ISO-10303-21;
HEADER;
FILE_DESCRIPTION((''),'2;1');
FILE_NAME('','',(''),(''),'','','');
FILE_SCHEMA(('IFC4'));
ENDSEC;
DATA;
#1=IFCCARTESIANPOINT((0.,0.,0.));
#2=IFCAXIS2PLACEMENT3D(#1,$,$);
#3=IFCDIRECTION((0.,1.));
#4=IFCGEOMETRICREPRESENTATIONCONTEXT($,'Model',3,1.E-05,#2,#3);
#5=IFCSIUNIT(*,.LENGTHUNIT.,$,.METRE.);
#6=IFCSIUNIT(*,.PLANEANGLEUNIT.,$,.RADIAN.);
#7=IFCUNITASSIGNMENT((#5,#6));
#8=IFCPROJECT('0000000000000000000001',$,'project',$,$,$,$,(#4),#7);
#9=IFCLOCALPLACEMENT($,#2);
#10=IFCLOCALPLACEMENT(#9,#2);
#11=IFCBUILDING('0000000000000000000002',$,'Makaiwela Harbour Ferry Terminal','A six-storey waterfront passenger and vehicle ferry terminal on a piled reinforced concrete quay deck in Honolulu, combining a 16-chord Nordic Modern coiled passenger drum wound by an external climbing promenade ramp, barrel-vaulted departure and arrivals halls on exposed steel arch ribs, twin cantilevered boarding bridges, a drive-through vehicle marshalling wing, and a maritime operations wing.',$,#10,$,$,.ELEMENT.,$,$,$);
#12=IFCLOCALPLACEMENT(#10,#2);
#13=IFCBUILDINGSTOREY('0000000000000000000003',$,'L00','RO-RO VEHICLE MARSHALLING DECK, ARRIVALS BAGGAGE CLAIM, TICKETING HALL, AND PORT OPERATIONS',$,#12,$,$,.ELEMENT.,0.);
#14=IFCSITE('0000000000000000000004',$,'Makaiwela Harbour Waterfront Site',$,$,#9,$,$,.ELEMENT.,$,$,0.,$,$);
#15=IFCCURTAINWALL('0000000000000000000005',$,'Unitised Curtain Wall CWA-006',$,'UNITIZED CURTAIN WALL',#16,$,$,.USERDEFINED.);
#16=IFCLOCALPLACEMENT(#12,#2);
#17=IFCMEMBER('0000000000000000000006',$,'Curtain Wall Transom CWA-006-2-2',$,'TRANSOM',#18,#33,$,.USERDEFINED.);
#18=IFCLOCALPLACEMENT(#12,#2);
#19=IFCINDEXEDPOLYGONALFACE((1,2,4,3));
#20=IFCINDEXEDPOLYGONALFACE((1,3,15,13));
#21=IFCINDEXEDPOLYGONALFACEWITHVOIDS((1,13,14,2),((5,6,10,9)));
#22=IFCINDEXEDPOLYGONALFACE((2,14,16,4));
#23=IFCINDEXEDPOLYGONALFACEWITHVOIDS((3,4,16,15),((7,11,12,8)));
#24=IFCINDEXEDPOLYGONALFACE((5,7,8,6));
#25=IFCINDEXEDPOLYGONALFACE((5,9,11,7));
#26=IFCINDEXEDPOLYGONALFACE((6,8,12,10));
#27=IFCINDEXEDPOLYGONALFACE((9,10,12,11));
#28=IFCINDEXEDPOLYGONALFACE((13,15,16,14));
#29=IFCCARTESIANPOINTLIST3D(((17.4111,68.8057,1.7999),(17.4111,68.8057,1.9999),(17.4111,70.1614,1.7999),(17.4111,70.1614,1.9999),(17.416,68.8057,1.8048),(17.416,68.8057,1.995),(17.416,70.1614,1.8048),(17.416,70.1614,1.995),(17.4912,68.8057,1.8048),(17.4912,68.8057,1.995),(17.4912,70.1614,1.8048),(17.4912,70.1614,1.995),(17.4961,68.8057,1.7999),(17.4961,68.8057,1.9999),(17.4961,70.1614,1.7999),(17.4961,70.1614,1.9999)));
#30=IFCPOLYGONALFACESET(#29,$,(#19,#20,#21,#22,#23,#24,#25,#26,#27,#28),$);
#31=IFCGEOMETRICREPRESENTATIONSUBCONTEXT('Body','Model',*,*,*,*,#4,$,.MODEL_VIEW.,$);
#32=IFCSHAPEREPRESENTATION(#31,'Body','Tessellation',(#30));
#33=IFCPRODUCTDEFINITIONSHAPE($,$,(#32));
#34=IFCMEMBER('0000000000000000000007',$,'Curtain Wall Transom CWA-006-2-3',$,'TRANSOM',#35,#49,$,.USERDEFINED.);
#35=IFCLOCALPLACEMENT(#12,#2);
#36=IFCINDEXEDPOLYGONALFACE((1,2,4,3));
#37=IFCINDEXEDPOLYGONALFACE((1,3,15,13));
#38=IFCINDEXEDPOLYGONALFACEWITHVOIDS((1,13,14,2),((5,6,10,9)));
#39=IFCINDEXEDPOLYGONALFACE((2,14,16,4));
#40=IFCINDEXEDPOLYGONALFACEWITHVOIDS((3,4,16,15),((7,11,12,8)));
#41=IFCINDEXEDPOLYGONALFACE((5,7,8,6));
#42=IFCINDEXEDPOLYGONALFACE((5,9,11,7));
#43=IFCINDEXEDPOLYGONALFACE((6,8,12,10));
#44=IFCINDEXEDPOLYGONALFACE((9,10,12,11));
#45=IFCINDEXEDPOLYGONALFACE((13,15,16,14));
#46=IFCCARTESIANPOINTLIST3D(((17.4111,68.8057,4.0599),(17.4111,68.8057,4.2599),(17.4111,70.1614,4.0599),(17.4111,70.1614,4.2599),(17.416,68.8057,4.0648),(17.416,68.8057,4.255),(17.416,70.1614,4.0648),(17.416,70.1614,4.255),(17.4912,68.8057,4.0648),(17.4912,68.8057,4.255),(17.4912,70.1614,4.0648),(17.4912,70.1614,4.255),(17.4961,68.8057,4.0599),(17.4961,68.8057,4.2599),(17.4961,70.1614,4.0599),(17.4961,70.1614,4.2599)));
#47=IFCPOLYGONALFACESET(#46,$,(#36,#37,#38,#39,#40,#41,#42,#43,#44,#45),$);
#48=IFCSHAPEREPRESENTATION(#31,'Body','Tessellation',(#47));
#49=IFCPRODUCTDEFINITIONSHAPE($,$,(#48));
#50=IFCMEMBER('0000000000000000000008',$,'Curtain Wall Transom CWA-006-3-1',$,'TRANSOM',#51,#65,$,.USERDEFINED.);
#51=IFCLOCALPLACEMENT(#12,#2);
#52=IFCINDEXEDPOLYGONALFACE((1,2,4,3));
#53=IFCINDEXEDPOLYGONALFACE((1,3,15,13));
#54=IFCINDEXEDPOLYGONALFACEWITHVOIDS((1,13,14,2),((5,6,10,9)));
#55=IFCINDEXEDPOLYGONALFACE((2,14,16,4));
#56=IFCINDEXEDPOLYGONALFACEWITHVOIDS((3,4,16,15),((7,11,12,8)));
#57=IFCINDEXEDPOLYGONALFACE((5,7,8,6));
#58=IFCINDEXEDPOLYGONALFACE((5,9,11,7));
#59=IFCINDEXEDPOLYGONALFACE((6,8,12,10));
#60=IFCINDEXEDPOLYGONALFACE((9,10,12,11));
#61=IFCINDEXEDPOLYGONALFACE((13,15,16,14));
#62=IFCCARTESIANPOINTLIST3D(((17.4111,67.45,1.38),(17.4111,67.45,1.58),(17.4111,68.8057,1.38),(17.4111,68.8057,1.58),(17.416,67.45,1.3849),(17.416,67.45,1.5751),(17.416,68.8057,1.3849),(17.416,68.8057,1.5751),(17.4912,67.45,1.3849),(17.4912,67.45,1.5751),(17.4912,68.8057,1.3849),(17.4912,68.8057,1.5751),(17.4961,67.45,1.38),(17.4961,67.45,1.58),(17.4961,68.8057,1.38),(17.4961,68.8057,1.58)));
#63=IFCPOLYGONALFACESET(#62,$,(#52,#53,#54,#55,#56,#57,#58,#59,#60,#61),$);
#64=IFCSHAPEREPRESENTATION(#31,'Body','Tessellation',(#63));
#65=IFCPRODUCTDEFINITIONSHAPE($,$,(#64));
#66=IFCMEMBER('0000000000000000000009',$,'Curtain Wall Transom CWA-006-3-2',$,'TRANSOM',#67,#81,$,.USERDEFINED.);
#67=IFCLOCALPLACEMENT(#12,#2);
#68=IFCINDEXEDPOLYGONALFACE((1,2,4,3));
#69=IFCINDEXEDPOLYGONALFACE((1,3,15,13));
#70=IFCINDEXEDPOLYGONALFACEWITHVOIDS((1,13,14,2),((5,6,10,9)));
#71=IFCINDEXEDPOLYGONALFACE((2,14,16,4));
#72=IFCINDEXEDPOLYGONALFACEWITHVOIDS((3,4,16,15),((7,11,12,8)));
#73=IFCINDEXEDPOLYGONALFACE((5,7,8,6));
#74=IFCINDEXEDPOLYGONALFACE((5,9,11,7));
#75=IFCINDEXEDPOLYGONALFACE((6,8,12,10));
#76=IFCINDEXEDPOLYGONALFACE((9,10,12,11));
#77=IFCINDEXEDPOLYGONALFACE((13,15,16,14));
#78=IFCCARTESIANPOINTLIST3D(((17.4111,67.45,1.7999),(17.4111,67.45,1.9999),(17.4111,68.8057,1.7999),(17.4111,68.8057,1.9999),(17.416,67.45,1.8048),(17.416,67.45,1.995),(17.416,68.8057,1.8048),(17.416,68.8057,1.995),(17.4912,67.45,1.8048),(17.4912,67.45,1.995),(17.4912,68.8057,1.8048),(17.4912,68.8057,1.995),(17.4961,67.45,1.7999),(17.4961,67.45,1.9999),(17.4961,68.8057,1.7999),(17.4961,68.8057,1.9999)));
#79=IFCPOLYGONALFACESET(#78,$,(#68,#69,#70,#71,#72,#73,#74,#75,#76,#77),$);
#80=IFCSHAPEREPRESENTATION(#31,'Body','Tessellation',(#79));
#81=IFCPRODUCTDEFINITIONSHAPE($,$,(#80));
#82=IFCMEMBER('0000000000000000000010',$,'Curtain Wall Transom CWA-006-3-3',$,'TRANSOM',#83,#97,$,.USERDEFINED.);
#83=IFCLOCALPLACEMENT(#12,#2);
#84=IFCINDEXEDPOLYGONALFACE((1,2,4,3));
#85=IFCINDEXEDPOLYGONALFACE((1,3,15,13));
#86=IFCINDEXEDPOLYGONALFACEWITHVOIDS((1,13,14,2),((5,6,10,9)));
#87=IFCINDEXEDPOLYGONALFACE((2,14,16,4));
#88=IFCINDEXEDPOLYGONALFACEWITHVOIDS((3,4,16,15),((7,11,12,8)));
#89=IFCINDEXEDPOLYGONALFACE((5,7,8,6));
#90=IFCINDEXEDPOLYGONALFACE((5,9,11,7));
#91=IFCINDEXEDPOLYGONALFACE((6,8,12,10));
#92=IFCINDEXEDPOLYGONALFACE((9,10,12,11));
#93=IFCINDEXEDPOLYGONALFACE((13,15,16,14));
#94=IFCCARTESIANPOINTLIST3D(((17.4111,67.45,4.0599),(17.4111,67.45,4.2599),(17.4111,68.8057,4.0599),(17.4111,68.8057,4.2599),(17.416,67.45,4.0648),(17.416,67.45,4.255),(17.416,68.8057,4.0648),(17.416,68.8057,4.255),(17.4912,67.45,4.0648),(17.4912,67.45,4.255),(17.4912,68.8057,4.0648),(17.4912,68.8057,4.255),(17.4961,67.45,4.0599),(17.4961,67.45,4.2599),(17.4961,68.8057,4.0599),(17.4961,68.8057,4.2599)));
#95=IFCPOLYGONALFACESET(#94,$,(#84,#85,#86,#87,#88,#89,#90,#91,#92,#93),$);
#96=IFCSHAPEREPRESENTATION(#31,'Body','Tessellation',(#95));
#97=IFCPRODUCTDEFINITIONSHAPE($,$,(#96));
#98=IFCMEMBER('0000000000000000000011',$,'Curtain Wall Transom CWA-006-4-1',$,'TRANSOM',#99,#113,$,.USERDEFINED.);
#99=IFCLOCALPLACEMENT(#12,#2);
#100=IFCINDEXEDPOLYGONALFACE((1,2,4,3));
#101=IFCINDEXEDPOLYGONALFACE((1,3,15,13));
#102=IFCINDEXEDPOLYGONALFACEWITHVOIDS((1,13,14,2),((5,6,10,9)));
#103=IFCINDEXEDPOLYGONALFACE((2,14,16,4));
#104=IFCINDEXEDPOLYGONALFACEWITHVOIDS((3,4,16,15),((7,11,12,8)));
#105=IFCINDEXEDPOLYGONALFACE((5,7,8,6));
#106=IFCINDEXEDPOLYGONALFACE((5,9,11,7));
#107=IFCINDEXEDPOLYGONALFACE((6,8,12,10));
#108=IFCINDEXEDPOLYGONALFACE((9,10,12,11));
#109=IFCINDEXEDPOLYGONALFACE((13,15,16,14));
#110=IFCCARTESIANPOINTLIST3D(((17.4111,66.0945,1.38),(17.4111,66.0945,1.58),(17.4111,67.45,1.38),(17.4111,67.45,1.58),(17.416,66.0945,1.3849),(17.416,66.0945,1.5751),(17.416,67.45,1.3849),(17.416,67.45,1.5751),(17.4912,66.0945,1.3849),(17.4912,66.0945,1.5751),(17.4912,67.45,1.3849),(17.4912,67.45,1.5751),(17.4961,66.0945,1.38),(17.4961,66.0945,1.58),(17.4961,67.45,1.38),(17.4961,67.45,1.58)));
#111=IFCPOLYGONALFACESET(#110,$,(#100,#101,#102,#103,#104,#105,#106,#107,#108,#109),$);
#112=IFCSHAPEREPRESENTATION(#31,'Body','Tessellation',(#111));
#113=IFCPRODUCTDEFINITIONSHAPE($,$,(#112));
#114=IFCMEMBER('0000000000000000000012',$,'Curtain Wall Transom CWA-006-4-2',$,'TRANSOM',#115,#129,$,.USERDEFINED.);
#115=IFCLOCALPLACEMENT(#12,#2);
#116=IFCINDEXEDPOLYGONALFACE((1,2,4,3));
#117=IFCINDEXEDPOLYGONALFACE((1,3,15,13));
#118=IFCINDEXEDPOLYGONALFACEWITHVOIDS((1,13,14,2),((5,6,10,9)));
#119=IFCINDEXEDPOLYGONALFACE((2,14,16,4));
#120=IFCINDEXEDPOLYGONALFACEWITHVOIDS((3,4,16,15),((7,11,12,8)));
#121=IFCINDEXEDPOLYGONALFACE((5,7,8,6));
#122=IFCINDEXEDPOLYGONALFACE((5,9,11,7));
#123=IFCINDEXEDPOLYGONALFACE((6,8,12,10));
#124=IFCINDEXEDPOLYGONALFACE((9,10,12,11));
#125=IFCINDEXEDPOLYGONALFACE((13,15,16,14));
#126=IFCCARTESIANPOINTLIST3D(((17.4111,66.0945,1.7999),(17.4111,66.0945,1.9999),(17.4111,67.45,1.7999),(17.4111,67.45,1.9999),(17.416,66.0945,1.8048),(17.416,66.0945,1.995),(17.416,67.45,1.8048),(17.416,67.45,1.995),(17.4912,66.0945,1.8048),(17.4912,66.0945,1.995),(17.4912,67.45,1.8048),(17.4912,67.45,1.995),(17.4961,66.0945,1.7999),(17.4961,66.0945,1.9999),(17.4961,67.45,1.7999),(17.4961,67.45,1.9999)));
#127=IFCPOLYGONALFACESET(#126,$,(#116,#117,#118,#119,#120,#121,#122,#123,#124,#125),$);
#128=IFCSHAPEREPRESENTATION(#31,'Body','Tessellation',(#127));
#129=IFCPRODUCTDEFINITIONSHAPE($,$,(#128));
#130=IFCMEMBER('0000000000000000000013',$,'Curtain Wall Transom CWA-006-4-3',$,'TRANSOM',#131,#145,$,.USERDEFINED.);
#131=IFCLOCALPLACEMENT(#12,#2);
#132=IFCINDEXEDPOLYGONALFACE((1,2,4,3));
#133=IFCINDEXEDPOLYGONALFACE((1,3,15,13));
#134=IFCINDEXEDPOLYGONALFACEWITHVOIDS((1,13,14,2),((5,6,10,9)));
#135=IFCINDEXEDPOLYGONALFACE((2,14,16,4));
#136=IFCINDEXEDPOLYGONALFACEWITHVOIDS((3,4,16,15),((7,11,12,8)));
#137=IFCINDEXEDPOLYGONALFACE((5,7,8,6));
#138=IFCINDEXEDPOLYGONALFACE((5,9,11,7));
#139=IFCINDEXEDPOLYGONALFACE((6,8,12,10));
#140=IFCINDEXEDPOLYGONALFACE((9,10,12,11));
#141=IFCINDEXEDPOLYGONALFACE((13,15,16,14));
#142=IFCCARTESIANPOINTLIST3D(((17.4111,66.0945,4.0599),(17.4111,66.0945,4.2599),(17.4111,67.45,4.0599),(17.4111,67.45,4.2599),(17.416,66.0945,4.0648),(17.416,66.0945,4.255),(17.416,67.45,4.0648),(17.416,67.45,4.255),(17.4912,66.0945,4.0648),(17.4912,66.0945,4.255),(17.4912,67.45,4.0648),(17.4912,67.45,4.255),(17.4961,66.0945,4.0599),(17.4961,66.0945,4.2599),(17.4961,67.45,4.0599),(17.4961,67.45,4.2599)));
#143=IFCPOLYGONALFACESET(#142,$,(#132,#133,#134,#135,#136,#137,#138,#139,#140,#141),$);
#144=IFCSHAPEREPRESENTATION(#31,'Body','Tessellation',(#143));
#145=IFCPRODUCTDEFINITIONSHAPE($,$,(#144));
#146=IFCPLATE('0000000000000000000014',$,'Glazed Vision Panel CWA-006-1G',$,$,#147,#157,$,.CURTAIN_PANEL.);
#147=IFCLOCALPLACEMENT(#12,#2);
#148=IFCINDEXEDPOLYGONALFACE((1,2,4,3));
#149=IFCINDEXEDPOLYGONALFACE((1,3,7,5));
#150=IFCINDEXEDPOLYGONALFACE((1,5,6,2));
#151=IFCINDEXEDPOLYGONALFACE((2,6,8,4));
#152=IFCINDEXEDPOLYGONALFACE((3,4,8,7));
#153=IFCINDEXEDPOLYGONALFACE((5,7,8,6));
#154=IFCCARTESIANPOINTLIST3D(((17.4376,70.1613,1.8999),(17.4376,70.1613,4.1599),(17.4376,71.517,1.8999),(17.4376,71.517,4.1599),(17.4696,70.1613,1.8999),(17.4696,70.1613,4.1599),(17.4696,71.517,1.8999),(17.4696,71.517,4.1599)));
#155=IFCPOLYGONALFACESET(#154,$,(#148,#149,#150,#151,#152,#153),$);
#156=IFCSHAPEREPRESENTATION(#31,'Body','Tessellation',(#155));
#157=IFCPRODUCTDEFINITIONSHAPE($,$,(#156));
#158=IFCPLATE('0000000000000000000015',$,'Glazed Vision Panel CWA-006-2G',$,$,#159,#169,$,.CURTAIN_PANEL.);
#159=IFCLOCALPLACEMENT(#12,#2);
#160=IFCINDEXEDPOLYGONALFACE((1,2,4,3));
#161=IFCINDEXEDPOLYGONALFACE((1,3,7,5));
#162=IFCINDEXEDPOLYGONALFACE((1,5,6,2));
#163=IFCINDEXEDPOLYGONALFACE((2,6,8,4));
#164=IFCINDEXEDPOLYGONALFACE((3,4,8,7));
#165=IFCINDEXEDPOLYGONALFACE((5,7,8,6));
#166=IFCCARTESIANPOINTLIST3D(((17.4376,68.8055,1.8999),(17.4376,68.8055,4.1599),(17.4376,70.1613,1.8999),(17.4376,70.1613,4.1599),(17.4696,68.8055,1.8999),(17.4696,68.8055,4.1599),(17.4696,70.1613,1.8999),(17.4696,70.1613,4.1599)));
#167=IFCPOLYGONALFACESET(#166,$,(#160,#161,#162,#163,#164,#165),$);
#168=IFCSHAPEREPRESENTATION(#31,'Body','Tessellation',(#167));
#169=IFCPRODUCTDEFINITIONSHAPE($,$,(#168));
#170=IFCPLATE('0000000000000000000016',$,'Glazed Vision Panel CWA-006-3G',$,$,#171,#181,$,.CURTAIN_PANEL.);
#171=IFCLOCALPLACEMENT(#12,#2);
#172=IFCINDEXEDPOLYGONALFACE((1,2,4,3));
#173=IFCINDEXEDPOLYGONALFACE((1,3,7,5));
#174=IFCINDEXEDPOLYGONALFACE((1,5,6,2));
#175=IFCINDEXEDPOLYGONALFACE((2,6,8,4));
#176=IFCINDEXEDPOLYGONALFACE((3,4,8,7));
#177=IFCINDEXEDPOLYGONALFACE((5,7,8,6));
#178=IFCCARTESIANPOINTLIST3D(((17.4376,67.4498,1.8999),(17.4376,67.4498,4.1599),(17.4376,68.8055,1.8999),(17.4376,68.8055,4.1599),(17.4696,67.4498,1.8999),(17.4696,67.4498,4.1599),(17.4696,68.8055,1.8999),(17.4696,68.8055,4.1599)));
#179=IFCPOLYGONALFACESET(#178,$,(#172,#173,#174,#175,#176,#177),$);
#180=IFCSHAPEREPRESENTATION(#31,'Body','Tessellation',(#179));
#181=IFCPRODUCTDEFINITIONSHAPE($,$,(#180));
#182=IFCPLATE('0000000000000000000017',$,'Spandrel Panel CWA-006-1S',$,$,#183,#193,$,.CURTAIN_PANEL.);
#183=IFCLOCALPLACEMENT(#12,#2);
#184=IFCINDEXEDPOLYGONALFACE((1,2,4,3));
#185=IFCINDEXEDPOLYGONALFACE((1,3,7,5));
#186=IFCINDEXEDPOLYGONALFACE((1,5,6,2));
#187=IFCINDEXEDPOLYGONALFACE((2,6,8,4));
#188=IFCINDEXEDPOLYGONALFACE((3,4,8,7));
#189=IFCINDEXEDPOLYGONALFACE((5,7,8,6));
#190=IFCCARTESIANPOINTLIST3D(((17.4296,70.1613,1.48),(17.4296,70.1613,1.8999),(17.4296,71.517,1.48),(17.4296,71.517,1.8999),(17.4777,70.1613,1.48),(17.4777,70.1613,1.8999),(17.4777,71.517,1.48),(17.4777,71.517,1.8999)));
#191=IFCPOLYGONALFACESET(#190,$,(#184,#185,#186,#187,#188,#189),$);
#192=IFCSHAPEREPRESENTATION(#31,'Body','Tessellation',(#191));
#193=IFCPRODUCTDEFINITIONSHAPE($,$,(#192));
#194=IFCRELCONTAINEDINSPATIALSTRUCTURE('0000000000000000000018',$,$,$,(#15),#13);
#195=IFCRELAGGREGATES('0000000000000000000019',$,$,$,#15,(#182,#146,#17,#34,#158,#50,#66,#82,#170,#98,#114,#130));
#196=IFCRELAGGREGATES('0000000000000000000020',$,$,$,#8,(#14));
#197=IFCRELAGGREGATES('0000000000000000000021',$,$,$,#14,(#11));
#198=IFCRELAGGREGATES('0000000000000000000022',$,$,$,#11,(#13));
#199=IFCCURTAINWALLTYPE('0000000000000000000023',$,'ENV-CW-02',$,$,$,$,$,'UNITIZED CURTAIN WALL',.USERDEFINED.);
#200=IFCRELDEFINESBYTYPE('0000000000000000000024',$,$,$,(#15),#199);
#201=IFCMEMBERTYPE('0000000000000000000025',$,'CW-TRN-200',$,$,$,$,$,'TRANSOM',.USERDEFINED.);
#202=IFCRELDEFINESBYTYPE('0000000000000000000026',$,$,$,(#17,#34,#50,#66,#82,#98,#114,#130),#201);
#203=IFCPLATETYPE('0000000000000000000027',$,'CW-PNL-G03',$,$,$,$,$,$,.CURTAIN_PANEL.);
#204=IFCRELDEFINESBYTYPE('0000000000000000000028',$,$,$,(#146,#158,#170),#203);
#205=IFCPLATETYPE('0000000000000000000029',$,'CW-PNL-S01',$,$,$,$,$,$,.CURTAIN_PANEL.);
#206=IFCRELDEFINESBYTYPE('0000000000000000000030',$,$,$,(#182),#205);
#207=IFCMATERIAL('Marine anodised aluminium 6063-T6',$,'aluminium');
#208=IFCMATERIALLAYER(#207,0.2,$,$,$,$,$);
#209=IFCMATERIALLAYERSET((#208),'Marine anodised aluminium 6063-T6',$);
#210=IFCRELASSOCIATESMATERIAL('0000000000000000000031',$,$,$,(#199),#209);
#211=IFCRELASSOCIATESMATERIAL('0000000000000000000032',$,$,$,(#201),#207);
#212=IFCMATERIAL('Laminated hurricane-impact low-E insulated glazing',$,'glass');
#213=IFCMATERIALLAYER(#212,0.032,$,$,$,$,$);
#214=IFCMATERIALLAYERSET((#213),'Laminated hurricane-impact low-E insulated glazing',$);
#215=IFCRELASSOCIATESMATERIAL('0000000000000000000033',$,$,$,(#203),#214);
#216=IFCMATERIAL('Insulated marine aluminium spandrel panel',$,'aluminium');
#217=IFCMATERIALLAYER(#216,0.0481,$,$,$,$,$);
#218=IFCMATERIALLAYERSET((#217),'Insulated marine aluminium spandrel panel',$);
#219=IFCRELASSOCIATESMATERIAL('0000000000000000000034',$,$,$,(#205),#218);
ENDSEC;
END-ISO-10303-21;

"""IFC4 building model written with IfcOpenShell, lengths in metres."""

from ifc_helpers import new_model, si_unit, direction, frame, origin, origin_2d, place, context, subcontext, project, spatial, rectangle, hollow_rectangle, extrude, material, layer, layer_set, material_profile, profile_set, type_object, element, aggregate, save


model = new_model("IFC4")

# Units and contexts
model_context = context("Model", 3, precision=1e-05, world=origin(), true_north=direction((0.0, 1.0)))
body_context = subcontext(model_context, "Body", "Model", "MODEL_VIEW")
ifc_project = project(units=[si_unit("LENGTHUNIT", "METRE"), si_unit("PLANEANGLEUNIT", "RADIAN")], contexts=[model_context])

# Site, building, storey
site_placement = place(None, origin())
site = spatial("IfcSite", under=ifc_project, at=site_placement, Name="Makaiwela Harbour Waterfront Site", CompositionType="ELEMENT", RefElevation=0.0)
building_placement = place(site_placement, origin())
building = spatial("IfcBuilding", under=site, at=building_placement, Name="Makaiwela Harbour Ferry Terminal", Description="A six-storey waterfront passenger and vehicle ferry terminal on a piled reinforced concrete quay deck in Honolulu, combining a 16-chord Nordic Modern coiled passenger drum wound by an external climbing promenade ramp, barrel-vaulted departure and arrivals halls on exposed steel arch ribs, twin cantilevered boarding bridges, a drive-through vehicle marshalling wing, and a maritime operations wing.", CompositionType="ELEMENT")
storey_placement = place(building_placement, origin())
storey = spatial("IfcBuildingStorey", under=building, at=storey_placement, Name="L00", Description="RO-RO VEHICLE MARSHALLING DECK, ARRIVALS BAGGAGE CLAIM, TICKETING HALL, AND PORT OPERATIONS", CompositionType="ELEMENT", Elevation=0.0)

# Curtain wall, members, plates
ifc_material_1 = material(Name="Marine anodised aluminium 6063-T6", Category="aluminium")
ifc_layer_1 = layer(ifc_material_1, 0.2)
ifc_layer_set_1 = layer_set([ifc_layer_1], Name="Marine anodised aluminium 6063-T6")
curtain_wall_type = type_object("IfcCurtainWallType", Name="ENV-CW-02", ElementType="UNITIZED CURTAIN WALL", PredefinedType="USERDEFINED", material=ifc_layer_set_1)
curtain_wall_placement = place(storey_placement, origin())
curtain_wall = element("IfcCurtainWall", 1, at=curtain_wall_placement, inside=storey, type_object=curtain_wall_type, Name="Unitised Curtain Wall CWA-006", ObjectType="UNITIZED CURTAIN WALL", PredefinedType="USERDEFINED")
ifc_material_profile_1 = material_profile(ifc_material_1, hollow_rectangle(XDim=0.085, YDim=0.2, WallThickness=0.0049, at=origin_2d()), Name="CWT-200X85")
ifc_profile_set_1 = profile_set([ifc_material_profile_1], Name="Marine anodised aluminium 6063-T6")
member_type_1 = type_object("IfcMemberType", Name="CW-TRN-200", ElementType="TRANSOM", PredefinedType="USERDEFINED", material=ifc_profile_set_1)
member_1_placement = place(storey_placement, frame((17.4536, 70.1614, 1.8999), z_axis=(0.0, -1.0, 0.0), x_axis=(1.0, 0.0, 0.0)))
member_1 = element("IfcMember", 2, at=member_1_placement, type_object=member_type_1, Name="Curtain Wall Transom CWA-006-2-2", ObjectType="TRANSOM", PredefinedType="USERDEFINED", context=body_context, shape_type="SweptSolid", body=[
    extrude(hollow_rectangle(XDim=0.085, YDim=0.2, WallThickness=0.0049, at=origin_2d()), origin(), (0.0, 0.0, 1.0), 1.3557),
])
member_2_placement = place(storey_placement, frame((17.4536, 70.1614, 4.1599), z_axis=(0.0, -1.0, 0.0), x_axis=(1.0, 0.0, 0.0)))
member_2 = element("IfcMember", 3, at=member_2_placement, type_object=member_type_1, Name="Curtain Wall Transom CWA-006-2-3", ObjectType="TRANSOM", PredefinedType="USERDEFINED", context=body_context, shape_type="SweptSolid", body=[
    extrude(hollow_rectangle(XDim=0.085, YDim=0.2, WallThickness=0.0049, at=origin_2d()), origin(), (0.0, 0.0, 1.0), 1.3557),
])
member_3_placement = place(storey_placement, frame((17.4536, 68.8057, 1.48), z_axis=(0.0, -1.0, 0.0), x_axis=(1.0, 0.0, 0.0)))
member_3 = element("IfcMember", 4, at=member_3_placement, type_object=member_type_1, Name="Curtain Wall Transom CWA-006-3-1", ObjectType="TRANSOM", PredefinedType="USERDEFINED", context=body_context, shape_type="SweptSolid", body=[
    extrude(hollow_rectangle(XDim=0.085, YDim=0.2, WallThickness=0.0049, at=origin_2d()), origin(), (0.0, 0.0, 1.0), 1.3557),
])
member_4_placement = place(storey_placement, frame((17.4536, 68.8057, 1.8999), z_axis=(0.0, -1.0, 0.0), x_axis=(1.0, 0.0, 0.0)))
member_4 = element("IfcMember", 5, at=member_4_placement, type_object=member_type_1, Name="Curtain Wall Transom CWA-006-3-2", ObjectType="TRANSOM", PredefinedType="USERDEFINED", context=body_context, shape_type="SweptSolid", body=[
    extrude(hollow_rectangle(XDim=0.085, YDim=0.2, WallThickness=0.0049, at=origin_2d()), origin(), (0.0, 0.0, 1.0), 1.3557),
])
member_5_placement = place(storey_placement, frame((17.4536, 68.8057, 4.1599), z_axis=(0.0, -1.0, 0.0), x_axis=(1.0, 0.0, 0.0)))
member_5 = element("IfcMember", 6, at=member_5_placement, type_object=member_type_1, Name="Curtain Wall Transom CWA-006-3-3", ObjectType="TRANSOM", PredefinedType="USERDEFINED", context=body_context, shape_type="SweptSolid", body=[
    extrude(hollow_rectangle(XDim=0.085, YDim=0.2, WallThickness=0.0049, at=origin_2d()), origin(), (0.0, 0.0, 1.0), 1.3557),
])
member_6_placement = place(storey_placement, frame((17.4536, 67.45, 1.48), z_axis=(0.0, -1.0, 0.0), x_axis=(1.0, 0.0, 0.0)))
member_6 = element("IfcMember", 7, at=member_6_placement, type_object=member_type_1, Name="Curtain Wall Transom CWA-006-4-1", ObjectType="TRANSOM", PredefinedType="USERDEFINED", context=body_context, shape_type="SweptSolid", body=[
    extrude(hollow_rectangle(XDim=0.085, YDim=0.2, WallThickness=0.0049, at=origin_2d()), origin(), (0.0, 0.0, 1.0), 1.3555),
])
member_7_placement = place(storey_placement, frame((17.4536, 67.45, 1.8999), z_axis=(0.0, -1.0, 0.0), x_axis=(1.0, 0.0, 0.0)))
member_7 = element("IfcMember", 8, at=member_7_placement, type_object=member_type_1, Name="Curtain Wall Transom CWA-006-4-2", ObjectType="TRANSOM", PredefinedType="USERDEFINED", context=body_context, shape_type="SweptSolid", body=[
    extrude(hollow_rectangle(XDim=0.085, YDim=0.2, WallThickness=0.0049, at=origin_2d()), origin(), (0.0, 0.0, 1.0), 1.3555),
])
member_8_placement = place(storey_placement, frame((17.4536, 67.45, 4.1599), z_axis=(0.0, -1.0, 0.0), x_axis=(1.0, 0.0, 0.0)))
member_8 = element("IfcMember", 9, at=member_8_placement, type_object=member_type_1, Name="Curtain Wall Transom CWA-006-4-3", ObjectType="TRANSOM", PredefinedType="USERDEFINED", context=body_context, shape_type="SweptSolid", body=[
    extrude(hollow_rectangle(XDim=0.085, YDim=0.2, WallThickness=0.0049, at=origin_2d()), origin(), (0.0, 0.0, 1.0), 1.3555),
])
ifc_material_2 = material(Name="Laminated hurricane-impact low-E insulated glazing", Category="glass")
ifc_layer_2 = layer(ifc_material_2, 0.032)
ifc_layer_set_2 = layer_set([ifc_layer_2], Name="Laminated hurricane-impact low-E insulated glazing")
plate_type_1 = type_object("IfcPlateType", Name="CW-PNL-G03", PredefinedType="CURTAIN_PANEL", material=ifc_layer_set_2)
plate_1_placement = place(storey_placement, frame((17.4536, 70.8391, 1.8999), z_axis=(0.0, 0.0, 1.0), x_axis=(0.0, -1.0, 0.0)))
plate_1 = element("IfcPlate", 10, at=plate_1_placement, type_object=plate_type_1, Name="Glazed Vision Panel CWA-006-1G", PredefinedType="CURTAIN_PANEL", context=body_context, shape_type="SweptSolid", body=[
    extrude(rectangle(XDim=1.3557, YDim=0.032, at=origin_2d()), origin(), (0.0, 0.0, 1.0), 2.26),
])
plate_2_placement = place(storey_placement, frame((17.4536, 69.4834, 1.8999), z_axis=(0.0, 0.0, 1.0), x_axis=(0.0, -1.0, 0.0)))
plate_2 = element("IfcPlate", 11, at=plate_2_placement, type_object=plate_type_1, Name="Glazed Vision Panel CWA-006-2G", PredefinedType="CURTAIN_PANEL", context=body_context, shape_type="SweptSolid", body=[
    extrude(rectangle(XDim=1.3557, YDim=0.032, at=origin_2d()), origin(), (0.0, 0.0, 1.0), 2.26),
])
plate_3_placement = place(storey_placement, frame((17.4536, 68.1277, 1.8999), z_axis=(0.0, 0.0, 1.0), x_axis=(0.0, -1.0, 0.0)))
plate_3 = element("IfcPlate", 12, at=plate_3_placement, type_object=plate_type_1, Name="Glazed Vision Panel CWA-006-3G", PredefinedType="CURTAIN_PANEL", context=body_context, shape_type="SweptSolid", body=[
    extrude(rectangle(XDim=1.3557, YDim=0.032, at=origin_2d()), origin(), (0.0, 0.0, 1.0), 2.26),
])
ifc_material_3 = material(Name="Insulated marine aluminium spandrel panel", Category="aluminium")
ifc_layer_3 = layer(ifc_material_3, 0.0481)
ifc_layer_set_3 = layer_set([ifc_layer_3], Name="Insulated marine aluminium spandrel panel")
plate_type_2 = type_object("IfcPlateType", Name="CW-PNL-S01", PredefinedType="CURTAIN_PANEL", material=ifc_layer_set_3)
plate_4_placement = place(storey_placement, frame((17.4536, 70.8391, 1.48), z_axis=(0.0, 0.0, 1.0), x_axis=(0.0, -1.0, 0.0)))
plate_4 = element("IfcPlate", 13, at=plate_4_placement, type_object=plate_type_2, Name="Spandrel Panel CWA-006-1S", PredefinedType="CURTAIN_PANEL", context=body_context, shape_type="SweptSolid", body=[
    extrude(rectangle(XDim=1.3557, YDim=0.0481, at=origin_2d()), origin(), (0.0, 0.0, 1.0), 0.4199),
])
aggregate(curtain_wall, [plate_4, plate_1, member_1, member_2, plate_2, member_3, member_4, member_5, plate_3, member_6, member_7, member_8])

save(model, "model.ifc")
